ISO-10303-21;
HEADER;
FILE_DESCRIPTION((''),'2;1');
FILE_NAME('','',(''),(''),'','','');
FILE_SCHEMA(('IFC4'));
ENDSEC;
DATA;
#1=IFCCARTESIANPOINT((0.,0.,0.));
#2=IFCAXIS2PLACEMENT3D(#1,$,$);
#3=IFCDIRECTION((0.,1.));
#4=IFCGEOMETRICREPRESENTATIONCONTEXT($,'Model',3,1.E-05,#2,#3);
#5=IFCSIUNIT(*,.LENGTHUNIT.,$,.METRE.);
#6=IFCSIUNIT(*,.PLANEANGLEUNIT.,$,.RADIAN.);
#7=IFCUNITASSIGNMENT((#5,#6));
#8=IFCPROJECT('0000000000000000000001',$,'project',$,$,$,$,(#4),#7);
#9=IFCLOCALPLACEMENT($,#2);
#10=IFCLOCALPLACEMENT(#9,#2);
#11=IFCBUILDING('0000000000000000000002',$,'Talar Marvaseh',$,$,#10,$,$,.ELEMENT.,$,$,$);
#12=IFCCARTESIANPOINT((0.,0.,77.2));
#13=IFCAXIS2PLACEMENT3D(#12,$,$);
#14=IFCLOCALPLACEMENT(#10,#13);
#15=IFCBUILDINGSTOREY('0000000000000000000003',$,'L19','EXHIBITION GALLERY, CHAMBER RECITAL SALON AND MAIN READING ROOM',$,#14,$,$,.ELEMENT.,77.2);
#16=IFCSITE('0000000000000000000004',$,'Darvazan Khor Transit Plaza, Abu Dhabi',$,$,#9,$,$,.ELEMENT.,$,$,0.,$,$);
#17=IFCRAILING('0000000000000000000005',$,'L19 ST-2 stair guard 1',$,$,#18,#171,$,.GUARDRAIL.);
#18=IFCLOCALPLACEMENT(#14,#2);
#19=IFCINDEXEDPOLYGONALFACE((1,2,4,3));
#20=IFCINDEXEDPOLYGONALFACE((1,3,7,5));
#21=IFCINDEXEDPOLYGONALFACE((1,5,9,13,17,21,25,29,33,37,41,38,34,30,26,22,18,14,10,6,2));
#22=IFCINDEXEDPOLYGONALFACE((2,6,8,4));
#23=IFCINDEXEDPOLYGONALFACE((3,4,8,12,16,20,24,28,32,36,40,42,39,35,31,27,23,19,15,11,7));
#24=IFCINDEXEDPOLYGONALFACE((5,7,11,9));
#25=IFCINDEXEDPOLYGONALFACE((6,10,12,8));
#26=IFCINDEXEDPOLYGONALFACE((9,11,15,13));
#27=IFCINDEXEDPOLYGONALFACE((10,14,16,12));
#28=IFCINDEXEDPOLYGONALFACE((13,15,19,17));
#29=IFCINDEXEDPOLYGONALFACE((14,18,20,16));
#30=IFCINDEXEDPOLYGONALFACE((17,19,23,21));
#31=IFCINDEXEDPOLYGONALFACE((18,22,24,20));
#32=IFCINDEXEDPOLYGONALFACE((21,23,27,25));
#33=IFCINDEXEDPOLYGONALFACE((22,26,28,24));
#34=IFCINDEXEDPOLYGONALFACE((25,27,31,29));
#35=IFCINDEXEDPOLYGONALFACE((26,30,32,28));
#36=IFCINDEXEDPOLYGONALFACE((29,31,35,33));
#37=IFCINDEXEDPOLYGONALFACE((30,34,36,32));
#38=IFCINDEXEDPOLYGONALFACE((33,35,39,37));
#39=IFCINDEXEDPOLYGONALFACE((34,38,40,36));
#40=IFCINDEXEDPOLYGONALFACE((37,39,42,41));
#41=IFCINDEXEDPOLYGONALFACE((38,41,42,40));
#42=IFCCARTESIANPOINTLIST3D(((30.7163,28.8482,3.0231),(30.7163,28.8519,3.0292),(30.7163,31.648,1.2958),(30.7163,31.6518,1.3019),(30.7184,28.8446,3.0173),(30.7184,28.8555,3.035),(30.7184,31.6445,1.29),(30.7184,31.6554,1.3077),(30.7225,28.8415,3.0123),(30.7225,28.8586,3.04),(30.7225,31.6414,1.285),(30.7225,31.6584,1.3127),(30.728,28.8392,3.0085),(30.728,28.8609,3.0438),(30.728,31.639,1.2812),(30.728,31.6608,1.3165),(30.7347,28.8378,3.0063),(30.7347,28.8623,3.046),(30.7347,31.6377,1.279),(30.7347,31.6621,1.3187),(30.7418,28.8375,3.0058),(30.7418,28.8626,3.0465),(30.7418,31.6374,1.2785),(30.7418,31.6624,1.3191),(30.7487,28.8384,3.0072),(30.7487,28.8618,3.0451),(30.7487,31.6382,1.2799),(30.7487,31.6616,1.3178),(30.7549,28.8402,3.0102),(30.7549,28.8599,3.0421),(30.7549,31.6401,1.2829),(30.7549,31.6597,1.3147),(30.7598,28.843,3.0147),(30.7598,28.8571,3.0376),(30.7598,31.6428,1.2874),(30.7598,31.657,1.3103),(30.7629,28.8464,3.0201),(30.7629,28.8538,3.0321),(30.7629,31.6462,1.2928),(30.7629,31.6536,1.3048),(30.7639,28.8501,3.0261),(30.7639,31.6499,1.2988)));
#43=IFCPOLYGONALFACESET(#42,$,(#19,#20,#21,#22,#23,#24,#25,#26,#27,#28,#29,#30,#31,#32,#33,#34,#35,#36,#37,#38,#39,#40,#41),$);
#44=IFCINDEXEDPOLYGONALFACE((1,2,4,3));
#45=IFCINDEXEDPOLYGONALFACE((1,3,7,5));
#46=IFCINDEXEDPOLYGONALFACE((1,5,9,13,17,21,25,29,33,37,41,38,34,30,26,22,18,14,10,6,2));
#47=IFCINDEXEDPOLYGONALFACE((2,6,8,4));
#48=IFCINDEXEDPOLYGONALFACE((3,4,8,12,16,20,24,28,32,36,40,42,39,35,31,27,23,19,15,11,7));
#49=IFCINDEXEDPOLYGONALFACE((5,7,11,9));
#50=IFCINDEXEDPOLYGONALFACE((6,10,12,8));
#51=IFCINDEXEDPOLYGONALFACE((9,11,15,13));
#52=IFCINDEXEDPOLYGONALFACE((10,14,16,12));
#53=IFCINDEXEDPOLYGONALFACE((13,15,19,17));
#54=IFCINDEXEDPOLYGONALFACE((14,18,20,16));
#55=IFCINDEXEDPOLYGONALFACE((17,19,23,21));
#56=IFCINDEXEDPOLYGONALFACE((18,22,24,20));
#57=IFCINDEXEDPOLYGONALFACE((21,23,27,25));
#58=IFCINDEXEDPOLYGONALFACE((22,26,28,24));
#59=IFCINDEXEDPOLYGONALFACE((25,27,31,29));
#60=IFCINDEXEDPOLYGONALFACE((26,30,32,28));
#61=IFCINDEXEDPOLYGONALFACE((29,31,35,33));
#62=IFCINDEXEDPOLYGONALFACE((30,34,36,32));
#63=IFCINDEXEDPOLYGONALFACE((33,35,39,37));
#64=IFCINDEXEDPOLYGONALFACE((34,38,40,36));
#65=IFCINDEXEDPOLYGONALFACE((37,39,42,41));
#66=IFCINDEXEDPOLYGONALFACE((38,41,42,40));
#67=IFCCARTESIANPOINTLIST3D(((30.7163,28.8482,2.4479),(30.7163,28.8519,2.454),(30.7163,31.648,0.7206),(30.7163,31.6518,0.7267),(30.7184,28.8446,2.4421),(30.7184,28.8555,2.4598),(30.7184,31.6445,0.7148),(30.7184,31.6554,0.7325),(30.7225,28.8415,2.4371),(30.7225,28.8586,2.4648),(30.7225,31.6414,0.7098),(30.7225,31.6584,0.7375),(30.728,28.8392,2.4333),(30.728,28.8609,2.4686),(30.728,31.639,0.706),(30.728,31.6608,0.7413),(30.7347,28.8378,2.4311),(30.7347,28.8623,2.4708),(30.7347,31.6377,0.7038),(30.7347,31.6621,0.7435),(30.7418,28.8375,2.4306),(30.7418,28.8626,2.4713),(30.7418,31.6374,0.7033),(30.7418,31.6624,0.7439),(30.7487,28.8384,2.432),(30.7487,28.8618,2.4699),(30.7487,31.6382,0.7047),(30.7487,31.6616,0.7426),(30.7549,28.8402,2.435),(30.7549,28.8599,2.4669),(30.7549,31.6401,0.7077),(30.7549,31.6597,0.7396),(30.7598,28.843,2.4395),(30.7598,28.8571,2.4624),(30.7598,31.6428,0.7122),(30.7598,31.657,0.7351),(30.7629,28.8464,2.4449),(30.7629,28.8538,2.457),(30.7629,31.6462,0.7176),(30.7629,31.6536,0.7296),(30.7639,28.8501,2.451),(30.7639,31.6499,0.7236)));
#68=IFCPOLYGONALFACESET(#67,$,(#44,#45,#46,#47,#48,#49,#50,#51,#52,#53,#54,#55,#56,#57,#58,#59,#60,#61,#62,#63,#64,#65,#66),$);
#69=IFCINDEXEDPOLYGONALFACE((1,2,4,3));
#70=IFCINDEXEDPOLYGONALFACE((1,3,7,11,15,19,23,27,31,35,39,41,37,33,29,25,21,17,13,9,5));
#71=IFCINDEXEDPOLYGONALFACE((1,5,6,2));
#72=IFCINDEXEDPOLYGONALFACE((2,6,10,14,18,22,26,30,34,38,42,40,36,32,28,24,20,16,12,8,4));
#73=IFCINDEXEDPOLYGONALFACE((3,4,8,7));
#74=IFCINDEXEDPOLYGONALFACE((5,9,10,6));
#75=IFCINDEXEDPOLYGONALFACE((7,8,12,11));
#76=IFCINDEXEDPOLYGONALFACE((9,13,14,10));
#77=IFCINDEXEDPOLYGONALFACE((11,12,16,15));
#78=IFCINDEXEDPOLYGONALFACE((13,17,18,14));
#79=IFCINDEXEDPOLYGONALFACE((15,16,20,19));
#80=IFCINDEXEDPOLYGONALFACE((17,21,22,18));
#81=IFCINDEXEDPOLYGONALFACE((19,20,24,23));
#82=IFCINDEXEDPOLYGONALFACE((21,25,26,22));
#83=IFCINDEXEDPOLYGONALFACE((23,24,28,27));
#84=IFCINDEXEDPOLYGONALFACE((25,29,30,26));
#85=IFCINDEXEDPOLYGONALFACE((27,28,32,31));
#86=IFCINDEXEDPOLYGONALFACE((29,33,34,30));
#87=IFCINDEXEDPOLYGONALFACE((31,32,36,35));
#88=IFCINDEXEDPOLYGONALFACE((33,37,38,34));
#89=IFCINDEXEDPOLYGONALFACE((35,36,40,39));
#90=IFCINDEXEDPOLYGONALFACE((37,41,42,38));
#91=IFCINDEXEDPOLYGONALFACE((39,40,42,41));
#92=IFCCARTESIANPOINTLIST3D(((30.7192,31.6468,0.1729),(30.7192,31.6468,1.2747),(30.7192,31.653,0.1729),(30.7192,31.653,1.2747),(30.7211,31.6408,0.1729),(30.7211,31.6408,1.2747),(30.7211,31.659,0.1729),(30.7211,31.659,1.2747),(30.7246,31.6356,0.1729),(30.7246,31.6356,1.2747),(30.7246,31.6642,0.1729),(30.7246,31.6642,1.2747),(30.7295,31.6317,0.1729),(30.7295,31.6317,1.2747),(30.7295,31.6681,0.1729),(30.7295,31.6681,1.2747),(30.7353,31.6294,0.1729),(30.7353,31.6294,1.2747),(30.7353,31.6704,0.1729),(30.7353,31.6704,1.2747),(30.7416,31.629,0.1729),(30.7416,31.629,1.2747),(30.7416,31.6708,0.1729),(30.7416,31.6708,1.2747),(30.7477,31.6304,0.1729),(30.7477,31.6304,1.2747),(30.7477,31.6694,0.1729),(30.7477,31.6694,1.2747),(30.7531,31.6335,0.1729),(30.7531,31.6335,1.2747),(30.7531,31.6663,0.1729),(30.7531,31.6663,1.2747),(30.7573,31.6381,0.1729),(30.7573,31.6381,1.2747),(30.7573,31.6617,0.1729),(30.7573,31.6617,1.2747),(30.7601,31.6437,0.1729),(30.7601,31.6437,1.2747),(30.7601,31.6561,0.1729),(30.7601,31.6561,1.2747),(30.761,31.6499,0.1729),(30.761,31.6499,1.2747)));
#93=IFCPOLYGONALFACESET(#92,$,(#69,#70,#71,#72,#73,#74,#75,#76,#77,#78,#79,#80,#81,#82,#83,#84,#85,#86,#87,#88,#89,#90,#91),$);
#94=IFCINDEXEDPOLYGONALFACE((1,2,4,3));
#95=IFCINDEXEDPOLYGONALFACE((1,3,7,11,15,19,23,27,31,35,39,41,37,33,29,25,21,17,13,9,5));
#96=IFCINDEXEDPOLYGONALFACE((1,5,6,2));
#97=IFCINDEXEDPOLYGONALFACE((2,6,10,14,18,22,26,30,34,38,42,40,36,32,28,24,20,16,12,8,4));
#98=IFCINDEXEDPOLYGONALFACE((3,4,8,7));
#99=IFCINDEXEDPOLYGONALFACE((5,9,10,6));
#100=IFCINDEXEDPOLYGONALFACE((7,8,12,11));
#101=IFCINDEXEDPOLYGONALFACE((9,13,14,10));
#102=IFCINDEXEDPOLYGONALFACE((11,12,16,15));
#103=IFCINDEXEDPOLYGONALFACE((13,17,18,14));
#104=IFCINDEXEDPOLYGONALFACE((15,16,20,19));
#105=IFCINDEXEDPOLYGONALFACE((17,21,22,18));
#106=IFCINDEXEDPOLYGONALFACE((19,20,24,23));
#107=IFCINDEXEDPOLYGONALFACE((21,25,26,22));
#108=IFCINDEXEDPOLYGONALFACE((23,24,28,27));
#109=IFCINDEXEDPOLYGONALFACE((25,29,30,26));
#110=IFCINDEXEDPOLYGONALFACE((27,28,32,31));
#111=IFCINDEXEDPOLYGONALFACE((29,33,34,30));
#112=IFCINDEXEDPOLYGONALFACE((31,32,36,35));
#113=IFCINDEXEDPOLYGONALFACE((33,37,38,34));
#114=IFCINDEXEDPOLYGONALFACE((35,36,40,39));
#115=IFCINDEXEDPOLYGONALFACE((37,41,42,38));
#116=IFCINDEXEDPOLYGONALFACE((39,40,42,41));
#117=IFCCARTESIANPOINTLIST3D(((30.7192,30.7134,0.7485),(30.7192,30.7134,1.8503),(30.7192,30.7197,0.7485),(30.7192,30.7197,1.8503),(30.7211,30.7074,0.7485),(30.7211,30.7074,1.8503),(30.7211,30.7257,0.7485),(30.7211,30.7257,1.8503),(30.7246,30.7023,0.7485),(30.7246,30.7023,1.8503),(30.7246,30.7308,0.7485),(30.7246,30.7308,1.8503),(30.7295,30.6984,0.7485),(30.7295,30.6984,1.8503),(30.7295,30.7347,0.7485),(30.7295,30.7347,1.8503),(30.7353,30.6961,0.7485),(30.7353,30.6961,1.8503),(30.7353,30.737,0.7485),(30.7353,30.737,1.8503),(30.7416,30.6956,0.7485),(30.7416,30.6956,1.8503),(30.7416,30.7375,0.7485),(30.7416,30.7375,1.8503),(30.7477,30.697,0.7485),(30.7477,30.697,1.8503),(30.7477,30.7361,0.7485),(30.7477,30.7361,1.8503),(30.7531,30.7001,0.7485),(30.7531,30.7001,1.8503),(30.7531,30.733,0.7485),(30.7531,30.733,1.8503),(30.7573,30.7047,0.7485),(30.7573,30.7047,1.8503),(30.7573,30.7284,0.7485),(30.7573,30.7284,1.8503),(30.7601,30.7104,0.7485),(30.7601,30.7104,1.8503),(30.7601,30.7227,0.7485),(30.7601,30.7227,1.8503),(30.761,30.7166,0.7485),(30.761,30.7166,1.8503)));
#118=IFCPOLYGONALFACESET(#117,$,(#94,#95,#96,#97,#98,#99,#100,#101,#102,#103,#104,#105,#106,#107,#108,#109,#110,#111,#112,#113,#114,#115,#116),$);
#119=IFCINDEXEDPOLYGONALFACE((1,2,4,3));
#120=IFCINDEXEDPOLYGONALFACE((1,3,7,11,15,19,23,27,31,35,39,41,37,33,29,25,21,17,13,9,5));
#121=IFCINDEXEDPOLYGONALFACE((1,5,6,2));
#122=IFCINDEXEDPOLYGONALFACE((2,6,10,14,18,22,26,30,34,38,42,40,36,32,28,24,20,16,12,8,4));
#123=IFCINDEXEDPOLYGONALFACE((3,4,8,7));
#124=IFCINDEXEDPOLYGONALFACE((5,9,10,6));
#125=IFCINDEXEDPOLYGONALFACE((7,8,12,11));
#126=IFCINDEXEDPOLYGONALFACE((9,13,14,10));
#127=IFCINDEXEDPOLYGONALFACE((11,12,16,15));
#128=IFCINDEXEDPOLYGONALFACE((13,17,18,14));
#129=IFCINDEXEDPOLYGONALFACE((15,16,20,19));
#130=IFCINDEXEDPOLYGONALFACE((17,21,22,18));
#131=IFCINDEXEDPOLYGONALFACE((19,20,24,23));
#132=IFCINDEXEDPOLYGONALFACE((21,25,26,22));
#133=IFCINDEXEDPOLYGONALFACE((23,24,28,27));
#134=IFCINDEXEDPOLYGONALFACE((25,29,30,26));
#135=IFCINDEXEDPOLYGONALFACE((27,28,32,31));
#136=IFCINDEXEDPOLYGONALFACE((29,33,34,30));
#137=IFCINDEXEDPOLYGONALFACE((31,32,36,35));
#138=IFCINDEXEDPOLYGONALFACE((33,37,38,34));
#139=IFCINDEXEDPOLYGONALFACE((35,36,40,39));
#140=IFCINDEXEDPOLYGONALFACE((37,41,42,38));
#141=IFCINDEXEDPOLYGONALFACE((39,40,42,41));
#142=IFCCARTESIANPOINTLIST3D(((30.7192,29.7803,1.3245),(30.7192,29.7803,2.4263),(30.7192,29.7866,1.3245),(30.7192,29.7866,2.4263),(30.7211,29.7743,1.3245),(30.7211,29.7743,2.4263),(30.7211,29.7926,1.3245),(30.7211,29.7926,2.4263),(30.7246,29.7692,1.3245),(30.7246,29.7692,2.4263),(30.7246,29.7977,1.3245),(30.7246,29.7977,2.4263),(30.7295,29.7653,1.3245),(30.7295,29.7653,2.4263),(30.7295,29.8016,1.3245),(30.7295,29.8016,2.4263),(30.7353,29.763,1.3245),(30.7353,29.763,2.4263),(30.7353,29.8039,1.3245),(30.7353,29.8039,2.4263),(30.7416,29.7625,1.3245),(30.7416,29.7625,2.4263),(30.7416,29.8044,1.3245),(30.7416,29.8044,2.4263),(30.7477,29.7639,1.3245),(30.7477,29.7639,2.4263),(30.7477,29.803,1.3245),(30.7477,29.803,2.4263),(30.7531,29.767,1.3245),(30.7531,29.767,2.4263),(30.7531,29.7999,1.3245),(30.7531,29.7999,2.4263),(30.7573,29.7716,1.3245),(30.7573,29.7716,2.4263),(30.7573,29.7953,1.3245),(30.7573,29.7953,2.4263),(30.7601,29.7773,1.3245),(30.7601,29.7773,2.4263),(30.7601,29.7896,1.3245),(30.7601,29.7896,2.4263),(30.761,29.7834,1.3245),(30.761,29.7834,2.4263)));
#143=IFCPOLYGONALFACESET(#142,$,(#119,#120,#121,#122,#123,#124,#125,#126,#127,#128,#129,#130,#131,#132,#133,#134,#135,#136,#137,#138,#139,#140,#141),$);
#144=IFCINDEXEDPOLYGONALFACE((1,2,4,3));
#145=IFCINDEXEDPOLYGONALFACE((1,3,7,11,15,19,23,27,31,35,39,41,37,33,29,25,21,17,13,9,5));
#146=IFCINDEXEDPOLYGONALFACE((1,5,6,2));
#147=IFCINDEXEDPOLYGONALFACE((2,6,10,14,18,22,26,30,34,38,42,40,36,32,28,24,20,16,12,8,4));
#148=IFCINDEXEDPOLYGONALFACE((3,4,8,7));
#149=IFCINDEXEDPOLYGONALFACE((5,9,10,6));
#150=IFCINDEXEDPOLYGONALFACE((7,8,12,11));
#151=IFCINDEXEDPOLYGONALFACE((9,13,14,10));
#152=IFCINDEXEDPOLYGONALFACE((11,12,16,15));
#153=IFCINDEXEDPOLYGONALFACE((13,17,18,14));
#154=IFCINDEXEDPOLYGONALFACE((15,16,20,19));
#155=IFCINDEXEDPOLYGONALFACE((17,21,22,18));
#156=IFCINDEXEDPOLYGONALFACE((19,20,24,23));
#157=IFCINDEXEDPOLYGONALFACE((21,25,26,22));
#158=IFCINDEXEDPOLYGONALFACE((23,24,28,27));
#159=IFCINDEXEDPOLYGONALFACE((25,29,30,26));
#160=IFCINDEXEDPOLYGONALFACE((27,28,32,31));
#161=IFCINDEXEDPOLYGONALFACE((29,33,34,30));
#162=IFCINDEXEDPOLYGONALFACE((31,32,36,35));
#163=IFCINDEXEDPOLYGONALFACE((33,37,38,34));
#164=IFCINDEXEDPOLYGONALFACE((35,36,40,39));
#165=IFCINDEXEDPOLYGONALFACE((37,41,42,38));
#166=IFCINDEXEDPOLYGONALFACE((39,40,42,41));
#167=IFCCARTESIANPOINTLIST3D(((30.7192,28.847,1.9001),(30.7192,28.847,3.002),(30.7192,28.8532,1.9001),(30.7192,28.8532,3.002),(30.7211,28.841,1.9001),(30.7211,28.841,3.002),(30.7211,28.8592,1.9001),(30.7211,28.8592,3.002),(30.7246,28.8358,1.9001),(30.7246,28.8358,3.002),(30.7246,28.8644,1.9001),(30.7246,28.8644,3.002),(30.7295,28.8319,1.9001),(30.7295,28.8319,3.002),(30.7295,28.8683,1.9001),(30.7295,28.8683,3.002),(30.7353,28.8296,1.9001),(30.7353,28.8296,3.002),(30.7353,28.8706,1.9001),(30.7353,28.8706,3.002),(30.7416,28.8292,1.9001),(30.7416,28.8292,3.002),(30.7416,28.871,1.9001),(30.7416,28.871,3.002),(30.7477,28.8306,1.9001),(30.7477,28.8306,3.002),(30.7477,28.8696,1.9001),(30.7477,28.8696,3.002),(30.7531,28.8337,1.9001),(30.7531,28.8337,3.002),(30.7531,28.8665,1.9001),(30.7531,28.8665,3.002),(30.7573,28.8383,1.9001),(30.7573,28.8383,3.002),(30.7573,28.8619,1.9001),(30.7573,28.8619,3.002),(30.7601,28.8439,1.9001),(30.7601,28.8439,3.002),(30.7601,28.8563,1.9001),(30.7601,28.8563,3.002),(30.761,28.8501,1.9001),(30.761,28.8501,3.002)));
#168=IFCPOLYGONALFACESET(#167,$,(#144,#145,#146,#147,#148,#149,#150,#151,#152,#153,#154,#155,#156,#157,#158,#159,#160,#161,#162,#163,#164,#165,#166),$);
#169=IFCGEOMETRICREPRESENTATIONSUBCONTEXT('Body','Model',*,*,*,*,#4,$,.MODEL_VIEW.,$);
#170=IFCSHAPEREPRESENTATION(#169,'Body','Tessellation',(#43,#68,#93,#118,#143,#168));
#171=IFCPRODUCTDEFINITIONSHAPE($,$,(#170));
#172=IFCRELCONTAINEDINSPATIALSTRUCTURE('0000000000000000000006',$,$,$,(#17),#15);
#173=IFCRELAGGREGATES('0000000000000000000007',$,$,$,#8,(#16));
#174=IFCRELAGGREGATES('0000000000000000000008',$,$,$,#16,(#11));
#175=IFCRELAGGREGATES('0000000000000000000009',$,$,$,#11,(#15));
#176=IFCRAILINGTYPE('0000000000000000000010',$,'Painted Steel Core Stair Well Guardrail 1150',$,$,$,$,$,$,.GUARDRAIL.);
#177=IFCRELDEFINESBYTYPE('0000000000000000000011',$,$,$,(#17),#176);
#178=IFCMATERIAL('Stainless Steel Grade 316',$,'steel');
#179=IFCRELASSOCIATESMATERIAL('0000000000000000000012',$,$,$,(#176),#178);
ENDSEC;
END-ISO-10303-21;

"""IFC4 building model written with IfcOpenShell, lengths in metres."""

from ifc_helpers import new_model, si_unit, direction, frame, origin, origin_2d, place, context, subcontext, project, spatial, circle, extrude, material, type_object, element, save


model = new_model("IFC4")

# Units and contexts
model_context = context("Model", 3, precision=1e-05, world=origin(), true_north=direction((0.0, 1.0)))
body_context = subcontext(model_context, "Body", "Model", "MODEL_VIEW")
ifc_project = project(units=[si_unit("LENGTHUNIT", "METRE"), si_unit("PLANEANGLEUNIT", "RADIAN")], contexts=[model_context])

# Site, building, storey
site_placement = place(None, origin())
site = spatial("IfcSite", under=ifc_project, at=site_placement, Name="Darvazan Khor Transit Plaza, Abu Dhabi", CompositionType="ELEMENT", RefElevation=0.0)
building_placement = place(site_placement, origin())
building = spatial("IfcBuilding", under=site, at=building_placement, Name="Talar Marvaseh", CompositionType="ELEMENT")
storey_placement = place(building_placement, frame((0.0, 0.0, 77.2)))
storey = spatial("IfcBuildingStorey", under=building, at=storey_placement, Name="L19", Description="EXHIBITION GALLERY, CHAMBER RECITAL SALON AND MAIN READING ROOM", CompositionType="ELEMENT", Elevation=77.2)

# Shared definitions
ifc_material_1 = material(Name="Stainless Steel Grade 316", Category="steel")

# Railing
railing_type = type_object("IfcRailingType", Name="Painted Steel Core Stair Well Guardrail 1150", PredefinedType="GUARDRAIL", material=ifc_material_1)
railing_1_placement = place(storey_placement, frame((30.74, 31.6499, 0.1729)))
element("IfcRailing", 1, at=railing_1_placement, inside=storey, type_object=railing_type, Name="L19 ST-2 stair guard 1", PredefinedType="GUARDRAIL", context=body_context, shape_type="SweptSolid", body=[
    extrude(circle(Radius=0.0239, at=origin_2d()), frame((0.0, 0.0, 1.126), z_axis=(0.0, -0.851069, 0.525054), x_axis=(1.0, 0.0, 0.0)), (0.0, 0.0, 1.0), 3.2898),
    extrude(circle(Radius=0.0239, at=origin_2d()), frame((0.0, 0.0, 0.5508), z_axis=(0.0, -0.851069, 0.525054), x_axis=(1.0, 0.0, 0.0)), (0.0, 0.0, 1.0), 3.2898),
    extrude(circle(Radius=0.021, at=origin_2d()), origin(), (0.0, 0.0, 1.0), 1.1018),
    extrude(circle(Radius=0.021, at=origin_2d()), frame((0.0, -0.9333, 0.5757)), (0.0, 0.0, 1.0), 1.1018),
    extrude(circle(Radius=0.021, at=origin_2d()), frame((0.0, -1.8665, 1.1516)), (0.0, 0.0, 1.0), 1.1018),
    extrude(circle(Radius=0.021, at=origin_2d()), frame((0.0, -2.7998, 1.7273)), (0.0, 0.0, 1.0), 1.1018),
])

save(model, "model.ifc")
